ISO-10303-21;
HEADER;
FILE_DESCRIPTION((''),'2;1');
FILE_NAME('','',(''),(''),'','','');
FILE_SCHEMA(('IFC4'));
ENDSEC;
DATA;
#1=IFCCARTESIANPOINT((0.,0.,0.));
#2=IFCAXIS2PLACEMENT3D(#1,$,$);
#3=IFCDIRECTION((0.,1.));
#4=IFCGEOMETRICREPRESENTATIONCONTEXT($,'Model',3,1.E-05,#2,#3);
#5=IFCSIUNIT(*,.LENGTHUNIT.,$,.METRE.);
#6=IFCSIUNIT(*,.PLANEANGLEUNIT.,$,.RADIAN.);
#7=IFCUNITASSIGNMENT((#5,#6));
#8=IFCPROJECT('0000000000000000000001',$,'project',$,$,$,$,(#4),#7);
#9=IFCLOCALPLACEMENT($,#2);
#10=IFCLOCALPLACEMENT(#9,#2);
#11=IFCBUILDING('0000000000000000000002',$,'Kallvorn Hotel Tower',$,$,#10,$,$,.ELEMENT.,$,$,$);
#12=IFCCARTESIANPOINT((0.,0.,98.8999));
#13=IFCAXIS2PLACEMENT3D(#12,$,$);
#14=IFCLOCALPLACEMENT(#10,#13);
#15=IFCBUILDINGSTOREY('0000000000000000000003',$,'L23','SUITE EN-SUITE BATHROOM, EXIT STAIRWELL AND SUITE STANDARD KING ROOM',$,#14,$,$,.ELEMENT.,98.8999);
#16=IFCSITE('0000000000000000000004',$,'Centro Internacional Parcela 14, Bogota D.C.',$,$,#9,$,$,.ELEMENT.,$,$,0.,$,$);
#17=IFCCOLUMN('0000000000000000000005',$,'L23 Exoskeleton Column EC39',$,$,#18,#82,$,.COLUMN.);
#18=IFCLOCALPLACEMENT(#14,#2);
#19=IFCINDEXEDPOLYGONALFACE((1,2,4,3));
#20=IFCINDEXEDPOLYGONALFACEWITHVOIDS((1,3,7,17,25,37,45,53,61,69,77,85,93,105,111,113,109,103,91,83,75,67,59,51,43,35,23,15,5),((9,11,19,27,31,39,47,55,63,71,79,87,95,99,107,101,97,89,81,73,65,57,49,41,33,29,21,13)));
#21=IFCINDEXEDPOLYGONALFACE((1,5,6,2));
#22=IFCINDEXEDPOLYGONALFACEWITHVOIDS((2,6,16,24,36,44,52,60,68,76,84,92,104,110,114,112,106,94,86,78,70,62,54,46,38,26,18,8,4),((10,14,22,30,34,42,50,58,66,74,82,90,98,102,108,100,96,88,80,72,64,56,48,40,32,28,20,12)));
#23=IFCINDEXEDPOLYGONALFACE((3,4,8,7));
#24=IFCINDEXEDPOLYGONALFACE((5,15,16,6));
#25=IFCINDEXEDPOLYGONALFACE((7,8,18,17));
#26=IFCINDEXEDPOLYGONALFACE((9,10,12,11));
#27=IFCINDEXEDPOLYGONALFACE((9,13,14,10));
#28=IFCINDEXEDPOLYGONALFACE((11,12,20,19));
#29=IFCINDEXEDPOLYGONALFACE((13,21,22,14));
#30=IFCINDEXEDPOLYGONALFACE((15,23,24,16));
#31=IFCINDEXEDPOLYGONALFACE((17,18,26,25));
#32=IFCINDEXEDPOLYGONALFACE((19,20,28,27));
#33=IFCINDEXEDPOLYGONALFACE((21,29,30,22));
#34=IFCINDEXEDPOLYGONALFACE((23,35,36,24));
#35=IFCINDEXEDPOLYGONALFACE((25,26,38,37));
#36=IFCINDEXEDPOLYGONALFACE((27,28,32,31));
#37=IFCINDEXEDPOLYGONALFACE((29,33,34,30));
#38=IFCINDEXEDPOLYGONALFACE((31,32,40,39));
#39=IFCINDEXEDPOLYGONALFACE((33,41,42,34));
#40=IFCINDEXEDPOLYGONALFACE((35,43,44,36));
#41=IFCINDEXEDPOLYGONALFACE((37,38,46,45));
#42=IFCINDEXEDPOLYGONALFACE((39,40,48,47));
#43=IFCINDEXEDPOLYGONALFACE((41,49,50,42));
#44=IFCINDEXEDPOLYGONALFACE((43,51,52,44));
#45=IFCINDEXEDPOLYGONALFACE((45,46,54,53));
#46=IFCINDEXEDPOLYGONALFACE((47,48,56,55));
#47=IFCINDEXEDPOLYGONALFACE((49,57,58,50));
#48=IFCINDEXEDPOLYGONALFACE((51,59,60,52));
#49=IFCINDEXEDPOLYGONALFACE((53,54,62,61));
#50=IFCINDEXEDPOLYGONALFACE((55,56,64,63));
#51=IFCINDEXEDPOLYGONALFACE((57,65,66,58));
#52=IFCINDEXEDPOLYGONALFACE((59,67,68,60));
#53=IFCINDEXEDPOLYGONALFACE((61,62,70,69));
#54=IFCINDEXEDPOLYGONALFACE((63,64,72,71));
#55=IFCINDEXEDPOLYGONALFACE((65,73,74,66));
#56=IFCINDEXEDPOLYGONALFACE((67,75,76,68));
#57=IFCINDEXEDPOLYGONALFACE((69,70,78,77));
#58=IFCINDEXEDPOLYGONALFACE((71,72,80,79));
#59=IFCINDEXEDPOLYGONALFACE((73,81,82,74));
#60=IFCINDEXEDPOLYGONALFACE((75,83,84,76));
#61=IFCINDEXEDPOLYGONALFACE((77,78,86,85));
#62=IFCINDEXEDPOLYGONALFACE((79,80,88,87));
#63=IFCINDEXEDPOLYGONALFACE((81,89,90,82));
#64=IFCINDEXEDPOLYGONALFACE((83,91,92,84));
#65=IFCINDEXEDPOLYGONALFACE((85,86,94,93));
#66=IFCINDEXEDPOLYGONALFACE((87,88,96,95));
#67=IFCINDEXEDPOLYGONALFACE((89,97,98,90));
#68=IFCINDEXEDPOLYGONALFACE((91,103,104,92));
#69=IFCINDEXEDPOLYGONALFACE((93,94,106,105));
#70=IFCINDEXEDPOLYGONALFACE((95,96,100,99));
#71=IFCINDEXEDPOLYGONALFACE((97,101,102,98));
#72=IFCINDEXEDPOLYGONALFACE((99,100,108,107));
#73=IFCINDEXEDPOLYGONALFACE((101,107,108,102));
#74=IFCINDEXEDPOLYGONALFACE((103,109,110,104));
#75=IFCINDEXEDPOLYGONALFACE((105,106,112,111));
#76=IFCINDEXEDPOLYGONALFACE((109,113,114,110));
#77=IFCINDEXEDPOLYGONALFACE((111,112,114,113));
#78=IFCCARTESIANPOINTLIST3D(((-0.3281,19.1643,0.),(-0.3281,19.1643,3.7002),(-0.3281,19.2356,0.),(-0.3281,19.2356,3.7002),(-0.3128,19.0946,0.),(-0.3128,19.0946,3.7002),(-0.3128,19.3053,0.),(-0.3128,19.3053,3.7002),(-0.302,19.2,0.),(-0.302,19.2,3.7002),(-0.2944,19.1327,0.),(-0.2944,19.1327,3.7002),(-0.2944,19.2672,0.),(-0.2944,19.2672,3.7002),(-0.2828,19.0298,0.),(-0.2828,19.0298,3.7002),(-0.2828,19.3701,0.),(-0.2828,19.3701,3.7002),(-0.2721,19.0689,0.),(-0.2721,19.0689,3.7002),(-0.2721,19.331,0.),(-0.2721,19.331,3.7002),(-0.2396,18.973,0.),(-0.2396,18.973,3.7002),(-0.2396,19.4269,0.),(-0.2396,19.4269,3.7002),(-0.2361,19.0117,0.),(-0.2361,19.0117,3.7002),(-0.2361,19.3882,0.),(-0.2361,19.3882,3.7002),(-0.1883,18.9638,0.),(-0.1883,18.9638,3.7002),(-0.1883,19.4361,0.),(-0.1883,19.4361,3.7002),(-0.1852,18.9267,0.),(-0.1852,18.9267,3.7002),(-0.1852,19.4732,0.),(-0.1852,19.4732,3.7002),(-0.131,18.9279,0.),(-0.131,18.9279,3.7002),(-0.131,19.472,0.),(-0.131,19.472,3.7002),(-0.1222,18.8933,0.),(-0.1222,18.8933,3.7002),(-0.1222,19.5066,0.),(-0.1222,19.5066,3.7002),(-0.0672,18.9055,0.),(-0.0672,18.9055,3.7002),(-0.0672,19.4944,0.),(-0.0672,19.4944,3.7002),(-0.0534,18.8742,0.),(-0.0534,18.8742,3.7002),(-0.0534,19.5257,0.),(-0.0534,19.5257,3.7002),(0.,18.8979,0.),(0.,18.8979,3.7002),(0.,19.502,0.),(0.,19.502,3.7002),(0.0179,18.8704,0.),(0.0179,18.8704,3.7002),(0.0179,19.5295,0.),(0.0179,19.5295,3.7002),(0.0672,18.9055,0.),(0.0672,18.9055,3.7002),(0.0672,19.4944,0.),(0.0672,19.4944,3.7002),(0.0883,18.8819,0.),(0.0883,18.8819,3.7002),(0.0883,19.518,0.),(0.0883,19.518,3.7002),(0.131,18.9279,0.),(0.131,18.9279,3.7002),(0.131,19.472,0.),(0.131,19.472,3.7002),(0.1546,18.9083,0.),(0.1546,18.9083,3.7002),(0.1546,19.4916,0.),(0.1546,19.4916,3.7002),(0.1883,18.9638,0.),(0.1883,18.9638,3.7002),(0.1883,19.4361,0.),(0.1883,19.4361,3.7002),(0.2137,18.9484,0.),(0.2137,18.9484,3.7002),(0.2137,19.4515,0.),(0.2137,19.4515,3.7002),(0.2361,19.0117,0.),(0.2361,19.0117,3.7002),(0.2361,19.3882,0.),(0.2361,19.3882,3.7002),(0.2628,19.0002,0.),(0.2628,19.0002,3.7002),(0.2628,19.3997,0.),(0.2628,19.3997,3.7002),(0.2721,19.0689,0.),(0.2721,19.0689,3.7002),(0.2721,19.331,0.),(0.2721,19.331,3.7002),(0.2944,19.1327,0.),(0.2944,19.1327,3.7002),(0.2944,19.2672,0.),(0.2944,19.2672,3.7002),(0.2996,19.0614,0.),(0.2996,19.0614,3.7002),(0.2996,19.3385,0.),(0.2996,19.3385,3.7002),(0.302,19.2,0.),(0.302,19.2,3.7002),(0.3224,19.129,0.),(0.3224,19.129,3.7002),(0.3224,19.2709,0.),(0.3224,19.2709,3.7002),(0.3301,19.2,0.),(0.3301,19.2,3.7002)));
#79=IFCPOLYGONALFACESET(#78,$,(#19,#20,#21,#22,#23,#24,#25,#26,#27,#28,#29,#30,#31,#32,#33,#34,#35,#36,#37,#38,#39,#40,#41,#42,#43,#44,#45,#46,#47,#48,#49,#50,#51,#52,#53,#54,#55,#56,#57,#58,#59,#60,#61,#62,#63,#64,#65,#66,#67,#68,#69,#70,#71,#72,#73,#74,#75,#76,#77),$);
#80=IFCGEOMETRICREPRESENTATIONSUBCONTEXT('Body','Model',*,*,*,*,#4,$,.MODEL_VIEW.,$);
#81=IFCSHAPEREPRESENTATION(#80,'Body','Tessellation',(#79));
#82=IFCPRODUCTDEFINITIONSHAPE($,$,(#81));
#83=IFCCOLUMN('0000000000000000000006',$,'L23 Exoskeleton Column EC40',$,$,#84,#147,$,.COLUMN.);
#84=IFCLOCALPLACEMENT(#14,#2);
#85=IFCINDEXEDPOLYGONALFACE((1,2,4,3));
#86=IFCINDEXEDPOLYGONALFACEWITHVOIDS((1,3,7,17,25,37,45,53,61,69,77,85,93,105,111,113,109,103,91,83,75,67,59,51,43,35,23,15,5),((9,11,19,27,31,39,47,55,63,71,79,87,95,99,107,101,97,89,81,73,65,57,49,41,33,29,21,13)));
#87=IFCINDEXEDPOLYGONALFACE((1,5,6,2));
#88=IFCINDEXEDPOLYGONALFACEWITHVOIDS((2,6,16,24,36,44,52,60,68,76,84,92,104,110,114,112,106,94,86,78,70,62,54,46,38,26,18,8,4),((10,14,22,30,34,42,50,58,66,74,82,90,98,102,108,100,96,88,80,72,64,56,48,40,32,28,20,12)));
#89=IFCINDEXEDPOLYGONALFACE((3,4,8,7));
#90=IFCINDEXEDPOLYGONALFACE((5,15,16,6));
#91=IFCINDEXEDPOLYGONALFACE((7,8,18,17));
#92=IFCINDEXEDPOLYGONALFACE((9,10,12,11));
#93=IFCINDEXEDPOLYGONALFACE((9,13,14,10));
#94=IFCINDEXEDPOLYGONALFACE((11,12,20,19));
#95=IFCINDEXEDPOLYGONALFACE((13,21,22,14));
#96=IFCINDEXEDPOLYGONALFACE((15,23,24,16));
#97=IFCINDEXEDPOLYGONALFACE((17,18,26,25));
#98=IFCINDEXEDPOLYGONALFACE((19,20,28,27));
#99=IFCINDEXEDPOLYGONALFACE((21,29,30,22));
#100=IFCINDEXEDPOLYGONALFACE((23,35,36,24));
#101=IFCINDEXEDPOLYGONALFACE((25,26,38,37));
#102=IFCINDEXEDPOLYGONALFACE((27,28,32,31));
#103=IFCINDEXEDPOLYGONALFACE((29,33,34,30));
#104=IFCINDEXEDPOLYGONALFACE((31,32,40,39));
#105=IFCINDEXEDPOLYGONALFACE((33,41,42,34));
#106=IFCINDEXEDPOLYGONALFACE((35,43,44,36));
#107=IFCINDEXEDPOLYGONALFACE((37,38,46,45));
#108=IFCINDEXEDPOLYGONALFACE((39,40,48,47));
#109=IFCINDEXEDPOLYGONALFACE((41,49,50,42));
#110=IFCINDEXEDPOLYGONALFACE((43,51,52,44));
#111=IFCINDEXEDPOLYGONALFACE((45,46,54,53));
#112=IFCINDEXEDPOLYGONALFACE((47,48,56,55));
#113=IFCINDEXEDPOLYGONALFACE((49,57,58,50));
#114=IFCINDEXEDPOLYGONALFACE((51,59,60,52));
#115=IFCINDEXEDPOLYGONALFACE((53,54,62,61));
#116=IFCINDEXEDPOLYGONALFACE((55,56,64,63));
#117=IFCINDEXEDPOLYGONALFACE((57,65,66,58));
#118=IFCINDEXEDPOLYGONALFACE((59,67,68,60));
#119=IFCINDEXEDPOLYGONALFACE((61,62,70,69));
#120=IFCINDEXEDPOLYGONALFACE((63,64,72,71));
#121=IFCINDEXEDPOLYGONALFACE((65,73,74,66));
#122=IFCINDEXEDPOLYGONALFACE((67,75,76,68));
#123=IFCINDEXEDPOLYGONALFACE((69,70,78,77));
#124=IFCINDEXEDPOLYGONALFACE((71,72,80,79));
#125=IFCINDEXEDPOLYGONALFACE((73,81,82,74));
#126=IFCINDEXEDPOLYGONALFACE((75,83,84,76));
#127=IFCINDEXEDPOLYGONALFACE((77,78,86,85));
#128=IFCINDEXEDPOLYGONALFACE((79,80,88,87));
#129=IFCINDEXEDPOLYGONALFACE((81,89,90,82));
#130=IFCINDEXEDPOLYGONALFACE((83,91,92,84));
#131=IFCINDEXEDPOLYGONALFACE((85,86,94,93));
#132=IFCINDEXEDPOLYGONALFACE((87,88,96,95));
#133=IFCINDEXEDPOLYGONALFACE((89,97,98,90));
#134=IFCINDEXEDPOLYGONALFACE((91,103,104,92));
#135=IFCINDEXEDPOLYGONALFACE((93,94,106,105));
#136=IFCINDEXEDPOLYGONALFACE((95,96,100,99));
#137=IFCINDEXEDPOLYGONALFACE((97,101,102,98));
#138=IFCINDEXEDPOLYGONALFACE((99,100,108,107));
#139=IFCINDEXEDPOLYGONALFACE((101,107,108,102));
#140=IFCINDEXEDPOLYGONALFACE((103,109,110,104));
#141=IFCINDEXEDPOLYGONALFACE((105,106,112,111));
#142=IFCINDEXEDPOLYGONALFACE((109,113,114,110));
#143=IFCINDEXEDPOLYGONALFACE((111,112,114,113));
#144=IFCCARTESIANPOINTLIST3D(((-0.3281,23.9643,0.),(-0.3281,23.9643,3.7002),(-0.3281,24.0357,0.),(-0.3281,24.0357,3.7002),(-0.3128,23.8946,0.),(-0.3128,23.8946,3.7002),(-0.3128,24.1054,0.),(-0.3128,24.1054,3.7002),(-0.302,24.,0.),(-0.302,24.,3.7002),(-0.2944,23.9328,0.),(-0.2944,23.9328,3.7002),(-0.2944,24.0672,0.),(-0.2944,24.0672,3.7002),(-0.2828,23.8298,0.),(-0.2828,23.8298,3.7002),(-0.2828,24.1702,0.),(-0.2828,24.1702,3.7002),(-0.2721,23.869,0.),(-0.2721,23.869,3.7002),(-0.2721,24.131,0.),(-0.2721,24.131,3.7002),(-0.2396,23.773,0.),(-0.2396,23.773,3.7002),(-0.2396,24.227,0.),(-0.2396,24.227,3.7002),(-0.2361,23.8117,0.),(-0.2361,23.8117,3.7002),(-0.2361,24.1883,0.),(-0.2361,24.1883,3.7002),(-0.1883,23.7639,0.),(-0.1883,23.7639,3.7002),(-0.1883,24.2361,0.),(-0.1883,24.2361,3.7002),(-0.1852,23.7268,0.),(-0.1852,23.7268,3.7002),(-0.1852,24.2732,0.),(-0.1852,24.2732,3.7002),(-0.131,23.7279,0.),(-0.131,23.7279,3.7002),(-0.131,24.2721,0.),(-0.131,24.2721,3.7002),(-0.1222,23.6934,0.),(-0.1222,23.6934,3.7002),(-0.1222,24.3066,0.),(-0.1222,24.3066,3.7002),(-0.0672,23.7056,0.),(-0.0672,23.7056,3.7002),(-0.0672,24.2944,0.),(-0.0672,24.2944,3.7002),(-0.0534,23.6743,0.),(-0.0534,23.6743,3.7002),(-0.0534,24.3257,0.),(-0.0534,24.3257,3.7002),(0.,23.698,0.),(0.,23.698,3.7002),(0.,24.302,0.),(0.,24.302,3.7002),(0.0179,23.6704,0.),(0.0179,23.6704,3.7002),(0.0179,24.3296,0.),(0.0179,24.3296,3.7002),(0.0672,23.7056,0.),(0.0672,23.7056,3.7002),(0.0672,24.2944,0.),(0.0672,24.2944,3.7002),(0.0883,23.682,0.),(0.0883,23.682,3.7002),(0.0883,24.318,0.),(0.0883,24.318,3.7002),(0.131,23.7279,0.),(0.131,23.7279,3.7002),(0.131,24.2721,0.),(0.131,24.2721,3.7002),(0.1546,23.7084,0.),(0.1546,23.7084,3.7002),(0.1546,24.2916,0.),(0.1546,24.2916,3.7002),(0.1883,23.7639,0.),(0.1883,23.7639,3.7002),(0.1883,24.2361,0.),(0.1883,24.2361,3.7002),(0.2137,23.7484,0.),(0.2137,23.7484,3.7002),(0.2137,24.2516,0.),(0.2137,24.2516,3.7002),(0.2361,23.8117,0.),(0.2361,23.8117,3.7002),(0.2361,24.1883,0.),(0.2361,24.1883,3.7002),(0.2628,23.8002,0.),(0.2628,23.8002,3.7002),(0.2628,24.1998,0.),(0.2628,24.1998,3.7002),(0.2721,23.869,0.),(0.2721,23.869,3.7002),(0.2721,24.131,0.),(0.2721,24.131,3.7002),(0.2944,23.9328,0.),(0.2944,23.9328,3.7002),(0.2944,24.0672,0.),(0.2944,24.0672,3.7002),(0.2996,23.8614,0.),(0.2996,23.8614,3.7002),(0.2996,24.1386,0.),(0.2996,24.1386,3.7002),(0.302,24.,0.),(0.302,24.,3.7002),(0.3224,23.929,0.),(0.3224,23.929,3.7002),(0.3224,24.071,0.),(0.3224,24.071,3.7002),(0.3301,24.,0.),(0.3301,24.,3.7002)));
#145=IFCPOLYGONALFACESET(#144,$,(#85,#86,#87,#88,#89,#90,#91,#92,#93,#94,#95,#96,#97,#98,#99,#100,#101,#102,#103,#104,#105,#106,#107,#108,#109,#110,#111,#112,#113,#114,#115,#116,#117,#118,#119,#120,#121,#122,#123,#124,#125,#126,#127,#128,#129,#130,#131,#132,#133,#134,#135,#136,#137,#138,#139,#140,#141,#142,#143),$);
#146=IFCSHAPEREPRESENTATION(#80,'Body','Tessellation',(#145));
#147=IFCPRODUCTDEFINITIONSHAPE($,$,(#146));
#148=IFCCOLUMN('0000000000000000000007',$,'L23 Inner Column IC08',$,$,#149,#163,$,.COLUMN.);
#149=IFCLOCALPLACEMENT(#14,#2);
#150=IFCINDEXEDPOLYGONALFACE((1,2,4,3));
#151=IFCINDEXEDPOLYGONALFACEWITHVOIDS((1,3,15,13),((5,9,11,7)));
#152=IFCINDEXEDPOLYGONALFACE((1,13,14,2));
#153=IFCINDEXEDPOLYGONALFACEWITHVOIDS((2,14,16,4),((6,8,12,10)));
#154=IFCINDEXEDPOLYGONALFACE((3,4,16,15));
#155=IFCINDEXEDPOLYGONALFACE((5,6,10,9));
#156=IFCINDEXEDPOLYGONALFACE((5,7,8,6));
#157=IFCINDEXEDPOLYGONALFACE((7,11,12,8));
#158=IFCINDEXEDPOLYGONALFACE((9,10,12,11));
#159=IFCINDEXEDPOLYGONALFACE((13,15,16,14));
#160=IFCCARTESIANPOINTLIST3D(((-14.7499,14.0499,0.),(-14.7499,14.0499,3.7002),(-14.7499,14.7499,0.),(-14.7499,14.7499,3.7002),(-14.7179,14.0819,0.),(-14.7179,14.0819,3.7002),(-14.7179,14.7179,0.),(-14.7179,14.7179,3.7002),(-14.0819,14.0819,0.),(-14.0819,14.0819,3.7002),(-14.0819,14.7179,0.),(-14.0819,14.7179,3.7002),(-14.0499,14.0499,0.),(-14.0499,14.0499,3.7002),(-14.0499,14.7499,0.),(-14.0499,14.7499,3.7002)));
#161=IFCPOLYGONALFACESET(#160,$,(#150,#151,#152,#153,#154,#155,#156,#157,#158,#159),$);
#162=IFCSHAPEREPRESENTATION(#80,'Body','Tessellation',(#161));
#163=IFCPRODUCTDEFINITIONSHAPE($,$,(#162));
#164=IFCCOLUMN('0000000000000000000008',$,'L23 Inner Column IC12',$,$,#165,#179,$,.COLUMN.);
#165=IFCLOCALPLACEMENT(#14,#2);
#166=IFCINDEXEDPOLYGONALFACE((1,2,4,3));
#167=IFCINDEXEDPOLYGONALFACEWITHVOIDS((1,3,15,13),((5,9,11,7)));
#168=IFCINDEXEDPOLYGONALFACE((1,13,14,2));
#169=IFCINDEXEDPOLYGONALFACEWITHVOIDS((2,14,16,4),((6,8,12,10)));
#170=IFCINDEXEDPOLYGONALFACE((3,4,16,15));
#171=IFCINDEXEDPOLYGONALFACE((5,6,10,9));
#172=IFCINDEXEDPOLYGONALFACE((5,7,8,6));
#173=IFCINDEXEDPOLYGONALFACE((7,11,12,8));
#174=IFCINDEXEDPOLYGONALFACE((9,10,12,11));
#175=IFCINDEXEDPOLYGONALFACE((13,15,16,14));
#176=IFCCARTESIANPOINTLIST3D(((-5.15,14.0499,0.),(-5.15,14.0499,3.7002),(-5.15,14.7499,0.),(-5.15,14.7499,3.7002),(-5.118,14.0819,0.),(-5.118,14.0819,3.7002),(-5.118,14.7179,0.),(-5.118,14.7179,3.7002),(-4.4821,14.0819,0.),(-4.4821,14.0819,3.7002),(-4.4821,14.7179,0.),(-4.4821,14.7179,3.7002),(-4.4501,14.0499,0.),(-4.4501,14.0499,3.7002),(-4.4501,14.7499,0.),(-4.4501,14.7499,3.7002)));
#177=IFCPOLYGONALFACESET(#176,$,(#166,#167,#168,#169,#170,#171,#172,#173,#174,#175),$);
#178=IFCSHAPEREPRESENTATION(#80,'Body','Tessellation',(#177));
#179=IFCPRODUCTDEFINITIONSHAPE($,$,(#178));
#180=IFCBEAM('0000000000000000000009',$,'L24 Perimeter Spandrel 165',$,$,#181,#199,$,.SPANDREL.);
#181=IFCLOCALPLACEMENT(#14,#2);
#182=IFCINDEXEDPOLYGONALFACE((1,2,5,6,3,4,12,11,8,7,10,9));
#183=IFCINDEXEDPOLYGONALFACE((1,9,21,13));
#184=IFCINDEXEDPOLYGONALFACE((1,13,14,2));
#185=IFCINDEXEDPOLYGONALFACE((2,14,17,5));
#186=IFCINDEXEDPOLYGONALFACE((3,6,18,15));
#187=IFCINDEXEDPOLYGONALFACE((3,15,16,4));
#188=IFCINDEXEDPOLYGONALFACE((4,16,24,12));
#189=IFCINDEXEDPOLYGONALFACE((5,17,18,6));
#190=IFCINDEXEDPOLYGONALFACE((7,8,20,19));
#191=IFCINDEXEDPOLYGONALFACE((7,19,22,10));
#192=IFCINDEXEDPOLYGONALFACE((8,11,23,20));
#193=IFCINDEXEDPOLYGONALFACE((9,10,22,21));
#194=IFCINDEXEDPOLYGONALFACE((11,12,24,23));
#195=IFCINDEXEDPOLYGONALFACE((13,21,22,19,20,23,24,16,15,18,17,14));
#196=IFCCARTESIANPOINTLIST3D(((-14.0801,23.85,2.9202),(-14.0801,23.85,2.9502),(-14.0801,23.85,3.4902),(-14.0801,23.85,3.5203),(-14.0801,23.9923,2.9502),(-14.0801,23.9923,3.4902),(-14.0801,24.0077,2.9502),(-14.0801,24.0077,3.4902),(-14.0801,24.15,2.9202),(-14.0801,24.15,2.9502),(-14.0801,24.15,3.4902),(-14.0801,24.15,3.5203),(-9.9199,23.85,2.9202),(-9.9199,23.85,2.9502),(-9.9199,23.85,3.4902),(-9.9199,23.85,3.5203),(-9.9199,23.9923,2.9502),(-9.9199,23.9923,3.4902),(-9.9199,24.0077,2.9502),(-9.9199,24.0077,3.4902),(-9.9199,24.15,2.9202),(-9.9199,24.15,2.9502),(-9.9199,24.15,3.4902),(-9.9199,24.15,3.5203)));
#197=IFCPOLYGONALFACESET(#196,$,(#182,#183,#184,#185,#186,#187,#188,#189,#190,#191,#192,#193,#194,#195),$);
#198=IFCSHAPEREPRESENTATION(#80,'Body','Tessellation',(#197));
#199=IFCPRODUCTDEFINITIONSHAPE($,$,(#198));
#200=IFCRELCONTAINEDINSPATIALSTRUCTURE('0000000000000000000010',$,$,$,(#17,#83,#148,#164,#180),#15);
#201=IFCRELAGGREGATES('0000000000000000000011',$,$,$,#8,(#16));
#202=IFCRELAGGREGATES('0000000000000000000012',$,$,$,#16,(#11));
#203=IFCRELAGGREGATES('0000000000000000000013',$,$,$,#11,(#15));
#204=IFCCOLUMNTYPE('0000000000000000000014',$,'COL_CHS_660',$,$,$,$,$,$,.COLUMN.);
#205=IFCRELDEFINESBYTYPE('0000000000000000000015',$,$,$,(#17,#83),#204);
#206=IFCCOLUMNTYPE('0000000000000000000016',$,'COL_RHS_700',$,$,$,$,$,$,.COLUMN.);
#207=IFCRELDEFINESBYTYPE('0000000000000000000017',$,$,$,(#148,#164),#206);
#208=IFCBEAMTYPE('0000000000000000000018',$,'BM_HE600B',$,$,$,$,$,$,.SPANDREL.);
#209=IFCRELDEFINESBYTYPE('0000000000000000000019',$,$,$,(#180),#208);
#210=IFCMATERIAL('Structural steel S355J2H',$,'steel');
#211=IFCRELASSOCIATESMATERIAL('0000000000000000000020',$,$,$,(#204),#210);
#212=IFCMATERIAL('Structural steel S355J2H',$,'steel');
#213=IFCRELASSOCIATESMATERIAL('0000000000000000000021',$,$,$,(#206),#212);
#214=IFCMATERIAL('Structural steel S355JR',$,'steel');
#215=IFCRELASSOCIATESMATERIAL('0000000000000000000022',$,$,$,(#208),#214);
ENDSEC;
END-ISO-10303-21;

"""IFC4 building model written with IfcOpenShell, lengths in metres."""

from ifc_helpers import new_model, si_unit, direction, frame, origin, origin_2d, place, context, subcontext, project, spatial, hollow_rectangle, hollow_circle, i_section, extrude, material, material_profile, profile_set, type_object, element, save


model = new_model("IFC4")

# Units and contexts
model_context = context("Model", 3, precision=1e-05, world=origin(), true_north=direction((0.0, 1.0)))
body_context = subcontext(model_context, "Body", "Model", "MODEL_VIEW")
ifc_project = project(units=[si_unit("LENGTHUNIT", "METRE"), si_unit("PLANEANGLEUNIT", "RADIAN")], contexts=[model_context])

# Site, building, storey
site_placement = place(None, origin())
site = spatial("IfcSite", under=ifc_project, at=site_placement, Name="Centro Internacional Parcela 14, Bogota D.C.", CompositionType="ELEMENT", RefElevation=0.0)
building_placement = place(site_placement, origin())
building = spatial("IfcBuilding", under=site, at=building_placement, Name="Kallvorn Hotel Tower", CompositionType="ELEMENT")
storey_placement = place(building_placement, frame((0.0, 0.0, 98.8999)))
storey = spatial("IfcBuildingStorey", under=building, at=storey_placement, Name="L23", Description="SUITE EN-SUITE BATHROOM, EXIT STAIRWELL AND SUITE STANDARD KING ROOM", CompositionType="ELEMENT", Elevation=98.8999)

# Columns
ifc_material_1 = material(Name="Structural steel S355J2H", Category="steel")
ifc_material_profile_1 = material_profile(ifc_material_1, hollow_circle(Radius=0.3301, WallThickness=0.0281, at=origin_2d()), Name="CHS 660x28")
ifc_profile_set_1 = profile_set([ifc_material_profile_1], Name="Structural steel S355J2H")
column_type_1 = type_object("IfcColumnType", Name="COL_CHS_660", PredefinedType="COLUMN", material=ifc_profile_set_1)
for number, where, z_axis, x_axis, name in (
    (1, (0.0, 19.2, 0.0), (0.0, 0.0, 1.0), (1.0, 0.0, 0.0), "L23 Exoskeleton Column EC39"),
    (2, (0.0, 24.0, 0.0), (0.0, 0.0, 1.0), (1.0, 0.0, 0.0), "L23 Exoskeleton Column EC40"),
):
    element("IfcColumn", number, at=place(storey_placement, frame(where, z_axis=z_axis, x_axis=x_axis)), inside=storey, type_object=column_type_1, Name=name, PredefinedType="COLUMN", context=body_context, shape_type="SweptSolid", body=[
        extrude(hollow_circle(Radius=0.3301, WallThickness=0.0281, at=origin_2d()), origin(), (0.0, 0.0, 1.0), 3.7002),
    ])
ifc_material_2 = material(Name="Structural steel S355J2H", Category="steel")
ifc_material_profile_2 = material_profile(ifc_material_2, hollow_rectangle(XDim=0.7, YDim=0.7, WallThickness=0.032, at=origin_2d()), Name="RHS 700x700x32")
ifc_profile_set_2 = profile_set([ifc_material_profile_2], Name="Structural steel S355J2H")
column_type_2 = type_object("IfcColumnType", Name="COL_RHS_700", PredefinedType="COLUMN", material=ifc_profile_set_2)
for number, where, z_axis, x_axis, name in (
    (3, (-14.3999, 14.3999, 0.0), (0.0, 0.0, 1.0), (1.0, 0.0, 0.0), "L23 Inner Column IC08"),
    (4, (-4.8, 14.3999, 0.0), (0.0, 0.0, 1.0), (1.0, 0.0, 0.0), "L23 Inner Column IC12"),
):
    element("IfcColumn", number, at=place(storey_placement, frame(where, z_axis=z_axis, x_axis=x_axis)), inside=storey, type_object=column_type_2, Name=name, PredefinedType="COLUMN", context=body_context, shape_type="SweptSolid", body=[
        extrude(hollow_rectangle(XDim=0.7, YDim=0.7, WallThickness=0.032, at=origin_2d()), origin(), (0.0, 0.0, 1.0), 3.7002),
    ])

# Beam
ifc_material_3 = material(Name="Structural steel S355JR", Category="steel")
ifc_material_profile_3 = material_profile(ifc_material_3, i_section(OverallWidth=0.3, OverallDepth=0.6001, WebThickness=0.0154, FlangeThickness=0.03, at=origin_2d()), Name="HE 600 B")
ifc_profile_set_3 = profile_set([ifc_material_profile_3], Name="Structural steel S355JR")
beam_type_1 = type_object("IfcBeamType", Name="BM_HE600B", PredefinedType="SPANDREL", material=ifc_profile_set_3)
beam_1_placement = place(storey_placement, frame((-14.0801, 24.0, 3.2202), z_axis=(1.0, 0.0, 0.0), x_axis=(0.0, 1.0, 0.0)))
element("IfcBeam", 5, at=beam_1_placement, inside=storey, type_object=beam_type_1, Name="L24 Perimeter Spandrel 165", PredefinedType="SPANDREL", context=body_context, shape_type="SweptSolid", body=[
    extrude(i_section(OverallWidth=0.3, OverallDepth=0.6001, WebThickness=0.0154, FlangeThickness=0.03, at=origin_2d()), origin(), (0.0, 0.0, 1.0), 4.1602),
])

save(model, "model.ifc")
